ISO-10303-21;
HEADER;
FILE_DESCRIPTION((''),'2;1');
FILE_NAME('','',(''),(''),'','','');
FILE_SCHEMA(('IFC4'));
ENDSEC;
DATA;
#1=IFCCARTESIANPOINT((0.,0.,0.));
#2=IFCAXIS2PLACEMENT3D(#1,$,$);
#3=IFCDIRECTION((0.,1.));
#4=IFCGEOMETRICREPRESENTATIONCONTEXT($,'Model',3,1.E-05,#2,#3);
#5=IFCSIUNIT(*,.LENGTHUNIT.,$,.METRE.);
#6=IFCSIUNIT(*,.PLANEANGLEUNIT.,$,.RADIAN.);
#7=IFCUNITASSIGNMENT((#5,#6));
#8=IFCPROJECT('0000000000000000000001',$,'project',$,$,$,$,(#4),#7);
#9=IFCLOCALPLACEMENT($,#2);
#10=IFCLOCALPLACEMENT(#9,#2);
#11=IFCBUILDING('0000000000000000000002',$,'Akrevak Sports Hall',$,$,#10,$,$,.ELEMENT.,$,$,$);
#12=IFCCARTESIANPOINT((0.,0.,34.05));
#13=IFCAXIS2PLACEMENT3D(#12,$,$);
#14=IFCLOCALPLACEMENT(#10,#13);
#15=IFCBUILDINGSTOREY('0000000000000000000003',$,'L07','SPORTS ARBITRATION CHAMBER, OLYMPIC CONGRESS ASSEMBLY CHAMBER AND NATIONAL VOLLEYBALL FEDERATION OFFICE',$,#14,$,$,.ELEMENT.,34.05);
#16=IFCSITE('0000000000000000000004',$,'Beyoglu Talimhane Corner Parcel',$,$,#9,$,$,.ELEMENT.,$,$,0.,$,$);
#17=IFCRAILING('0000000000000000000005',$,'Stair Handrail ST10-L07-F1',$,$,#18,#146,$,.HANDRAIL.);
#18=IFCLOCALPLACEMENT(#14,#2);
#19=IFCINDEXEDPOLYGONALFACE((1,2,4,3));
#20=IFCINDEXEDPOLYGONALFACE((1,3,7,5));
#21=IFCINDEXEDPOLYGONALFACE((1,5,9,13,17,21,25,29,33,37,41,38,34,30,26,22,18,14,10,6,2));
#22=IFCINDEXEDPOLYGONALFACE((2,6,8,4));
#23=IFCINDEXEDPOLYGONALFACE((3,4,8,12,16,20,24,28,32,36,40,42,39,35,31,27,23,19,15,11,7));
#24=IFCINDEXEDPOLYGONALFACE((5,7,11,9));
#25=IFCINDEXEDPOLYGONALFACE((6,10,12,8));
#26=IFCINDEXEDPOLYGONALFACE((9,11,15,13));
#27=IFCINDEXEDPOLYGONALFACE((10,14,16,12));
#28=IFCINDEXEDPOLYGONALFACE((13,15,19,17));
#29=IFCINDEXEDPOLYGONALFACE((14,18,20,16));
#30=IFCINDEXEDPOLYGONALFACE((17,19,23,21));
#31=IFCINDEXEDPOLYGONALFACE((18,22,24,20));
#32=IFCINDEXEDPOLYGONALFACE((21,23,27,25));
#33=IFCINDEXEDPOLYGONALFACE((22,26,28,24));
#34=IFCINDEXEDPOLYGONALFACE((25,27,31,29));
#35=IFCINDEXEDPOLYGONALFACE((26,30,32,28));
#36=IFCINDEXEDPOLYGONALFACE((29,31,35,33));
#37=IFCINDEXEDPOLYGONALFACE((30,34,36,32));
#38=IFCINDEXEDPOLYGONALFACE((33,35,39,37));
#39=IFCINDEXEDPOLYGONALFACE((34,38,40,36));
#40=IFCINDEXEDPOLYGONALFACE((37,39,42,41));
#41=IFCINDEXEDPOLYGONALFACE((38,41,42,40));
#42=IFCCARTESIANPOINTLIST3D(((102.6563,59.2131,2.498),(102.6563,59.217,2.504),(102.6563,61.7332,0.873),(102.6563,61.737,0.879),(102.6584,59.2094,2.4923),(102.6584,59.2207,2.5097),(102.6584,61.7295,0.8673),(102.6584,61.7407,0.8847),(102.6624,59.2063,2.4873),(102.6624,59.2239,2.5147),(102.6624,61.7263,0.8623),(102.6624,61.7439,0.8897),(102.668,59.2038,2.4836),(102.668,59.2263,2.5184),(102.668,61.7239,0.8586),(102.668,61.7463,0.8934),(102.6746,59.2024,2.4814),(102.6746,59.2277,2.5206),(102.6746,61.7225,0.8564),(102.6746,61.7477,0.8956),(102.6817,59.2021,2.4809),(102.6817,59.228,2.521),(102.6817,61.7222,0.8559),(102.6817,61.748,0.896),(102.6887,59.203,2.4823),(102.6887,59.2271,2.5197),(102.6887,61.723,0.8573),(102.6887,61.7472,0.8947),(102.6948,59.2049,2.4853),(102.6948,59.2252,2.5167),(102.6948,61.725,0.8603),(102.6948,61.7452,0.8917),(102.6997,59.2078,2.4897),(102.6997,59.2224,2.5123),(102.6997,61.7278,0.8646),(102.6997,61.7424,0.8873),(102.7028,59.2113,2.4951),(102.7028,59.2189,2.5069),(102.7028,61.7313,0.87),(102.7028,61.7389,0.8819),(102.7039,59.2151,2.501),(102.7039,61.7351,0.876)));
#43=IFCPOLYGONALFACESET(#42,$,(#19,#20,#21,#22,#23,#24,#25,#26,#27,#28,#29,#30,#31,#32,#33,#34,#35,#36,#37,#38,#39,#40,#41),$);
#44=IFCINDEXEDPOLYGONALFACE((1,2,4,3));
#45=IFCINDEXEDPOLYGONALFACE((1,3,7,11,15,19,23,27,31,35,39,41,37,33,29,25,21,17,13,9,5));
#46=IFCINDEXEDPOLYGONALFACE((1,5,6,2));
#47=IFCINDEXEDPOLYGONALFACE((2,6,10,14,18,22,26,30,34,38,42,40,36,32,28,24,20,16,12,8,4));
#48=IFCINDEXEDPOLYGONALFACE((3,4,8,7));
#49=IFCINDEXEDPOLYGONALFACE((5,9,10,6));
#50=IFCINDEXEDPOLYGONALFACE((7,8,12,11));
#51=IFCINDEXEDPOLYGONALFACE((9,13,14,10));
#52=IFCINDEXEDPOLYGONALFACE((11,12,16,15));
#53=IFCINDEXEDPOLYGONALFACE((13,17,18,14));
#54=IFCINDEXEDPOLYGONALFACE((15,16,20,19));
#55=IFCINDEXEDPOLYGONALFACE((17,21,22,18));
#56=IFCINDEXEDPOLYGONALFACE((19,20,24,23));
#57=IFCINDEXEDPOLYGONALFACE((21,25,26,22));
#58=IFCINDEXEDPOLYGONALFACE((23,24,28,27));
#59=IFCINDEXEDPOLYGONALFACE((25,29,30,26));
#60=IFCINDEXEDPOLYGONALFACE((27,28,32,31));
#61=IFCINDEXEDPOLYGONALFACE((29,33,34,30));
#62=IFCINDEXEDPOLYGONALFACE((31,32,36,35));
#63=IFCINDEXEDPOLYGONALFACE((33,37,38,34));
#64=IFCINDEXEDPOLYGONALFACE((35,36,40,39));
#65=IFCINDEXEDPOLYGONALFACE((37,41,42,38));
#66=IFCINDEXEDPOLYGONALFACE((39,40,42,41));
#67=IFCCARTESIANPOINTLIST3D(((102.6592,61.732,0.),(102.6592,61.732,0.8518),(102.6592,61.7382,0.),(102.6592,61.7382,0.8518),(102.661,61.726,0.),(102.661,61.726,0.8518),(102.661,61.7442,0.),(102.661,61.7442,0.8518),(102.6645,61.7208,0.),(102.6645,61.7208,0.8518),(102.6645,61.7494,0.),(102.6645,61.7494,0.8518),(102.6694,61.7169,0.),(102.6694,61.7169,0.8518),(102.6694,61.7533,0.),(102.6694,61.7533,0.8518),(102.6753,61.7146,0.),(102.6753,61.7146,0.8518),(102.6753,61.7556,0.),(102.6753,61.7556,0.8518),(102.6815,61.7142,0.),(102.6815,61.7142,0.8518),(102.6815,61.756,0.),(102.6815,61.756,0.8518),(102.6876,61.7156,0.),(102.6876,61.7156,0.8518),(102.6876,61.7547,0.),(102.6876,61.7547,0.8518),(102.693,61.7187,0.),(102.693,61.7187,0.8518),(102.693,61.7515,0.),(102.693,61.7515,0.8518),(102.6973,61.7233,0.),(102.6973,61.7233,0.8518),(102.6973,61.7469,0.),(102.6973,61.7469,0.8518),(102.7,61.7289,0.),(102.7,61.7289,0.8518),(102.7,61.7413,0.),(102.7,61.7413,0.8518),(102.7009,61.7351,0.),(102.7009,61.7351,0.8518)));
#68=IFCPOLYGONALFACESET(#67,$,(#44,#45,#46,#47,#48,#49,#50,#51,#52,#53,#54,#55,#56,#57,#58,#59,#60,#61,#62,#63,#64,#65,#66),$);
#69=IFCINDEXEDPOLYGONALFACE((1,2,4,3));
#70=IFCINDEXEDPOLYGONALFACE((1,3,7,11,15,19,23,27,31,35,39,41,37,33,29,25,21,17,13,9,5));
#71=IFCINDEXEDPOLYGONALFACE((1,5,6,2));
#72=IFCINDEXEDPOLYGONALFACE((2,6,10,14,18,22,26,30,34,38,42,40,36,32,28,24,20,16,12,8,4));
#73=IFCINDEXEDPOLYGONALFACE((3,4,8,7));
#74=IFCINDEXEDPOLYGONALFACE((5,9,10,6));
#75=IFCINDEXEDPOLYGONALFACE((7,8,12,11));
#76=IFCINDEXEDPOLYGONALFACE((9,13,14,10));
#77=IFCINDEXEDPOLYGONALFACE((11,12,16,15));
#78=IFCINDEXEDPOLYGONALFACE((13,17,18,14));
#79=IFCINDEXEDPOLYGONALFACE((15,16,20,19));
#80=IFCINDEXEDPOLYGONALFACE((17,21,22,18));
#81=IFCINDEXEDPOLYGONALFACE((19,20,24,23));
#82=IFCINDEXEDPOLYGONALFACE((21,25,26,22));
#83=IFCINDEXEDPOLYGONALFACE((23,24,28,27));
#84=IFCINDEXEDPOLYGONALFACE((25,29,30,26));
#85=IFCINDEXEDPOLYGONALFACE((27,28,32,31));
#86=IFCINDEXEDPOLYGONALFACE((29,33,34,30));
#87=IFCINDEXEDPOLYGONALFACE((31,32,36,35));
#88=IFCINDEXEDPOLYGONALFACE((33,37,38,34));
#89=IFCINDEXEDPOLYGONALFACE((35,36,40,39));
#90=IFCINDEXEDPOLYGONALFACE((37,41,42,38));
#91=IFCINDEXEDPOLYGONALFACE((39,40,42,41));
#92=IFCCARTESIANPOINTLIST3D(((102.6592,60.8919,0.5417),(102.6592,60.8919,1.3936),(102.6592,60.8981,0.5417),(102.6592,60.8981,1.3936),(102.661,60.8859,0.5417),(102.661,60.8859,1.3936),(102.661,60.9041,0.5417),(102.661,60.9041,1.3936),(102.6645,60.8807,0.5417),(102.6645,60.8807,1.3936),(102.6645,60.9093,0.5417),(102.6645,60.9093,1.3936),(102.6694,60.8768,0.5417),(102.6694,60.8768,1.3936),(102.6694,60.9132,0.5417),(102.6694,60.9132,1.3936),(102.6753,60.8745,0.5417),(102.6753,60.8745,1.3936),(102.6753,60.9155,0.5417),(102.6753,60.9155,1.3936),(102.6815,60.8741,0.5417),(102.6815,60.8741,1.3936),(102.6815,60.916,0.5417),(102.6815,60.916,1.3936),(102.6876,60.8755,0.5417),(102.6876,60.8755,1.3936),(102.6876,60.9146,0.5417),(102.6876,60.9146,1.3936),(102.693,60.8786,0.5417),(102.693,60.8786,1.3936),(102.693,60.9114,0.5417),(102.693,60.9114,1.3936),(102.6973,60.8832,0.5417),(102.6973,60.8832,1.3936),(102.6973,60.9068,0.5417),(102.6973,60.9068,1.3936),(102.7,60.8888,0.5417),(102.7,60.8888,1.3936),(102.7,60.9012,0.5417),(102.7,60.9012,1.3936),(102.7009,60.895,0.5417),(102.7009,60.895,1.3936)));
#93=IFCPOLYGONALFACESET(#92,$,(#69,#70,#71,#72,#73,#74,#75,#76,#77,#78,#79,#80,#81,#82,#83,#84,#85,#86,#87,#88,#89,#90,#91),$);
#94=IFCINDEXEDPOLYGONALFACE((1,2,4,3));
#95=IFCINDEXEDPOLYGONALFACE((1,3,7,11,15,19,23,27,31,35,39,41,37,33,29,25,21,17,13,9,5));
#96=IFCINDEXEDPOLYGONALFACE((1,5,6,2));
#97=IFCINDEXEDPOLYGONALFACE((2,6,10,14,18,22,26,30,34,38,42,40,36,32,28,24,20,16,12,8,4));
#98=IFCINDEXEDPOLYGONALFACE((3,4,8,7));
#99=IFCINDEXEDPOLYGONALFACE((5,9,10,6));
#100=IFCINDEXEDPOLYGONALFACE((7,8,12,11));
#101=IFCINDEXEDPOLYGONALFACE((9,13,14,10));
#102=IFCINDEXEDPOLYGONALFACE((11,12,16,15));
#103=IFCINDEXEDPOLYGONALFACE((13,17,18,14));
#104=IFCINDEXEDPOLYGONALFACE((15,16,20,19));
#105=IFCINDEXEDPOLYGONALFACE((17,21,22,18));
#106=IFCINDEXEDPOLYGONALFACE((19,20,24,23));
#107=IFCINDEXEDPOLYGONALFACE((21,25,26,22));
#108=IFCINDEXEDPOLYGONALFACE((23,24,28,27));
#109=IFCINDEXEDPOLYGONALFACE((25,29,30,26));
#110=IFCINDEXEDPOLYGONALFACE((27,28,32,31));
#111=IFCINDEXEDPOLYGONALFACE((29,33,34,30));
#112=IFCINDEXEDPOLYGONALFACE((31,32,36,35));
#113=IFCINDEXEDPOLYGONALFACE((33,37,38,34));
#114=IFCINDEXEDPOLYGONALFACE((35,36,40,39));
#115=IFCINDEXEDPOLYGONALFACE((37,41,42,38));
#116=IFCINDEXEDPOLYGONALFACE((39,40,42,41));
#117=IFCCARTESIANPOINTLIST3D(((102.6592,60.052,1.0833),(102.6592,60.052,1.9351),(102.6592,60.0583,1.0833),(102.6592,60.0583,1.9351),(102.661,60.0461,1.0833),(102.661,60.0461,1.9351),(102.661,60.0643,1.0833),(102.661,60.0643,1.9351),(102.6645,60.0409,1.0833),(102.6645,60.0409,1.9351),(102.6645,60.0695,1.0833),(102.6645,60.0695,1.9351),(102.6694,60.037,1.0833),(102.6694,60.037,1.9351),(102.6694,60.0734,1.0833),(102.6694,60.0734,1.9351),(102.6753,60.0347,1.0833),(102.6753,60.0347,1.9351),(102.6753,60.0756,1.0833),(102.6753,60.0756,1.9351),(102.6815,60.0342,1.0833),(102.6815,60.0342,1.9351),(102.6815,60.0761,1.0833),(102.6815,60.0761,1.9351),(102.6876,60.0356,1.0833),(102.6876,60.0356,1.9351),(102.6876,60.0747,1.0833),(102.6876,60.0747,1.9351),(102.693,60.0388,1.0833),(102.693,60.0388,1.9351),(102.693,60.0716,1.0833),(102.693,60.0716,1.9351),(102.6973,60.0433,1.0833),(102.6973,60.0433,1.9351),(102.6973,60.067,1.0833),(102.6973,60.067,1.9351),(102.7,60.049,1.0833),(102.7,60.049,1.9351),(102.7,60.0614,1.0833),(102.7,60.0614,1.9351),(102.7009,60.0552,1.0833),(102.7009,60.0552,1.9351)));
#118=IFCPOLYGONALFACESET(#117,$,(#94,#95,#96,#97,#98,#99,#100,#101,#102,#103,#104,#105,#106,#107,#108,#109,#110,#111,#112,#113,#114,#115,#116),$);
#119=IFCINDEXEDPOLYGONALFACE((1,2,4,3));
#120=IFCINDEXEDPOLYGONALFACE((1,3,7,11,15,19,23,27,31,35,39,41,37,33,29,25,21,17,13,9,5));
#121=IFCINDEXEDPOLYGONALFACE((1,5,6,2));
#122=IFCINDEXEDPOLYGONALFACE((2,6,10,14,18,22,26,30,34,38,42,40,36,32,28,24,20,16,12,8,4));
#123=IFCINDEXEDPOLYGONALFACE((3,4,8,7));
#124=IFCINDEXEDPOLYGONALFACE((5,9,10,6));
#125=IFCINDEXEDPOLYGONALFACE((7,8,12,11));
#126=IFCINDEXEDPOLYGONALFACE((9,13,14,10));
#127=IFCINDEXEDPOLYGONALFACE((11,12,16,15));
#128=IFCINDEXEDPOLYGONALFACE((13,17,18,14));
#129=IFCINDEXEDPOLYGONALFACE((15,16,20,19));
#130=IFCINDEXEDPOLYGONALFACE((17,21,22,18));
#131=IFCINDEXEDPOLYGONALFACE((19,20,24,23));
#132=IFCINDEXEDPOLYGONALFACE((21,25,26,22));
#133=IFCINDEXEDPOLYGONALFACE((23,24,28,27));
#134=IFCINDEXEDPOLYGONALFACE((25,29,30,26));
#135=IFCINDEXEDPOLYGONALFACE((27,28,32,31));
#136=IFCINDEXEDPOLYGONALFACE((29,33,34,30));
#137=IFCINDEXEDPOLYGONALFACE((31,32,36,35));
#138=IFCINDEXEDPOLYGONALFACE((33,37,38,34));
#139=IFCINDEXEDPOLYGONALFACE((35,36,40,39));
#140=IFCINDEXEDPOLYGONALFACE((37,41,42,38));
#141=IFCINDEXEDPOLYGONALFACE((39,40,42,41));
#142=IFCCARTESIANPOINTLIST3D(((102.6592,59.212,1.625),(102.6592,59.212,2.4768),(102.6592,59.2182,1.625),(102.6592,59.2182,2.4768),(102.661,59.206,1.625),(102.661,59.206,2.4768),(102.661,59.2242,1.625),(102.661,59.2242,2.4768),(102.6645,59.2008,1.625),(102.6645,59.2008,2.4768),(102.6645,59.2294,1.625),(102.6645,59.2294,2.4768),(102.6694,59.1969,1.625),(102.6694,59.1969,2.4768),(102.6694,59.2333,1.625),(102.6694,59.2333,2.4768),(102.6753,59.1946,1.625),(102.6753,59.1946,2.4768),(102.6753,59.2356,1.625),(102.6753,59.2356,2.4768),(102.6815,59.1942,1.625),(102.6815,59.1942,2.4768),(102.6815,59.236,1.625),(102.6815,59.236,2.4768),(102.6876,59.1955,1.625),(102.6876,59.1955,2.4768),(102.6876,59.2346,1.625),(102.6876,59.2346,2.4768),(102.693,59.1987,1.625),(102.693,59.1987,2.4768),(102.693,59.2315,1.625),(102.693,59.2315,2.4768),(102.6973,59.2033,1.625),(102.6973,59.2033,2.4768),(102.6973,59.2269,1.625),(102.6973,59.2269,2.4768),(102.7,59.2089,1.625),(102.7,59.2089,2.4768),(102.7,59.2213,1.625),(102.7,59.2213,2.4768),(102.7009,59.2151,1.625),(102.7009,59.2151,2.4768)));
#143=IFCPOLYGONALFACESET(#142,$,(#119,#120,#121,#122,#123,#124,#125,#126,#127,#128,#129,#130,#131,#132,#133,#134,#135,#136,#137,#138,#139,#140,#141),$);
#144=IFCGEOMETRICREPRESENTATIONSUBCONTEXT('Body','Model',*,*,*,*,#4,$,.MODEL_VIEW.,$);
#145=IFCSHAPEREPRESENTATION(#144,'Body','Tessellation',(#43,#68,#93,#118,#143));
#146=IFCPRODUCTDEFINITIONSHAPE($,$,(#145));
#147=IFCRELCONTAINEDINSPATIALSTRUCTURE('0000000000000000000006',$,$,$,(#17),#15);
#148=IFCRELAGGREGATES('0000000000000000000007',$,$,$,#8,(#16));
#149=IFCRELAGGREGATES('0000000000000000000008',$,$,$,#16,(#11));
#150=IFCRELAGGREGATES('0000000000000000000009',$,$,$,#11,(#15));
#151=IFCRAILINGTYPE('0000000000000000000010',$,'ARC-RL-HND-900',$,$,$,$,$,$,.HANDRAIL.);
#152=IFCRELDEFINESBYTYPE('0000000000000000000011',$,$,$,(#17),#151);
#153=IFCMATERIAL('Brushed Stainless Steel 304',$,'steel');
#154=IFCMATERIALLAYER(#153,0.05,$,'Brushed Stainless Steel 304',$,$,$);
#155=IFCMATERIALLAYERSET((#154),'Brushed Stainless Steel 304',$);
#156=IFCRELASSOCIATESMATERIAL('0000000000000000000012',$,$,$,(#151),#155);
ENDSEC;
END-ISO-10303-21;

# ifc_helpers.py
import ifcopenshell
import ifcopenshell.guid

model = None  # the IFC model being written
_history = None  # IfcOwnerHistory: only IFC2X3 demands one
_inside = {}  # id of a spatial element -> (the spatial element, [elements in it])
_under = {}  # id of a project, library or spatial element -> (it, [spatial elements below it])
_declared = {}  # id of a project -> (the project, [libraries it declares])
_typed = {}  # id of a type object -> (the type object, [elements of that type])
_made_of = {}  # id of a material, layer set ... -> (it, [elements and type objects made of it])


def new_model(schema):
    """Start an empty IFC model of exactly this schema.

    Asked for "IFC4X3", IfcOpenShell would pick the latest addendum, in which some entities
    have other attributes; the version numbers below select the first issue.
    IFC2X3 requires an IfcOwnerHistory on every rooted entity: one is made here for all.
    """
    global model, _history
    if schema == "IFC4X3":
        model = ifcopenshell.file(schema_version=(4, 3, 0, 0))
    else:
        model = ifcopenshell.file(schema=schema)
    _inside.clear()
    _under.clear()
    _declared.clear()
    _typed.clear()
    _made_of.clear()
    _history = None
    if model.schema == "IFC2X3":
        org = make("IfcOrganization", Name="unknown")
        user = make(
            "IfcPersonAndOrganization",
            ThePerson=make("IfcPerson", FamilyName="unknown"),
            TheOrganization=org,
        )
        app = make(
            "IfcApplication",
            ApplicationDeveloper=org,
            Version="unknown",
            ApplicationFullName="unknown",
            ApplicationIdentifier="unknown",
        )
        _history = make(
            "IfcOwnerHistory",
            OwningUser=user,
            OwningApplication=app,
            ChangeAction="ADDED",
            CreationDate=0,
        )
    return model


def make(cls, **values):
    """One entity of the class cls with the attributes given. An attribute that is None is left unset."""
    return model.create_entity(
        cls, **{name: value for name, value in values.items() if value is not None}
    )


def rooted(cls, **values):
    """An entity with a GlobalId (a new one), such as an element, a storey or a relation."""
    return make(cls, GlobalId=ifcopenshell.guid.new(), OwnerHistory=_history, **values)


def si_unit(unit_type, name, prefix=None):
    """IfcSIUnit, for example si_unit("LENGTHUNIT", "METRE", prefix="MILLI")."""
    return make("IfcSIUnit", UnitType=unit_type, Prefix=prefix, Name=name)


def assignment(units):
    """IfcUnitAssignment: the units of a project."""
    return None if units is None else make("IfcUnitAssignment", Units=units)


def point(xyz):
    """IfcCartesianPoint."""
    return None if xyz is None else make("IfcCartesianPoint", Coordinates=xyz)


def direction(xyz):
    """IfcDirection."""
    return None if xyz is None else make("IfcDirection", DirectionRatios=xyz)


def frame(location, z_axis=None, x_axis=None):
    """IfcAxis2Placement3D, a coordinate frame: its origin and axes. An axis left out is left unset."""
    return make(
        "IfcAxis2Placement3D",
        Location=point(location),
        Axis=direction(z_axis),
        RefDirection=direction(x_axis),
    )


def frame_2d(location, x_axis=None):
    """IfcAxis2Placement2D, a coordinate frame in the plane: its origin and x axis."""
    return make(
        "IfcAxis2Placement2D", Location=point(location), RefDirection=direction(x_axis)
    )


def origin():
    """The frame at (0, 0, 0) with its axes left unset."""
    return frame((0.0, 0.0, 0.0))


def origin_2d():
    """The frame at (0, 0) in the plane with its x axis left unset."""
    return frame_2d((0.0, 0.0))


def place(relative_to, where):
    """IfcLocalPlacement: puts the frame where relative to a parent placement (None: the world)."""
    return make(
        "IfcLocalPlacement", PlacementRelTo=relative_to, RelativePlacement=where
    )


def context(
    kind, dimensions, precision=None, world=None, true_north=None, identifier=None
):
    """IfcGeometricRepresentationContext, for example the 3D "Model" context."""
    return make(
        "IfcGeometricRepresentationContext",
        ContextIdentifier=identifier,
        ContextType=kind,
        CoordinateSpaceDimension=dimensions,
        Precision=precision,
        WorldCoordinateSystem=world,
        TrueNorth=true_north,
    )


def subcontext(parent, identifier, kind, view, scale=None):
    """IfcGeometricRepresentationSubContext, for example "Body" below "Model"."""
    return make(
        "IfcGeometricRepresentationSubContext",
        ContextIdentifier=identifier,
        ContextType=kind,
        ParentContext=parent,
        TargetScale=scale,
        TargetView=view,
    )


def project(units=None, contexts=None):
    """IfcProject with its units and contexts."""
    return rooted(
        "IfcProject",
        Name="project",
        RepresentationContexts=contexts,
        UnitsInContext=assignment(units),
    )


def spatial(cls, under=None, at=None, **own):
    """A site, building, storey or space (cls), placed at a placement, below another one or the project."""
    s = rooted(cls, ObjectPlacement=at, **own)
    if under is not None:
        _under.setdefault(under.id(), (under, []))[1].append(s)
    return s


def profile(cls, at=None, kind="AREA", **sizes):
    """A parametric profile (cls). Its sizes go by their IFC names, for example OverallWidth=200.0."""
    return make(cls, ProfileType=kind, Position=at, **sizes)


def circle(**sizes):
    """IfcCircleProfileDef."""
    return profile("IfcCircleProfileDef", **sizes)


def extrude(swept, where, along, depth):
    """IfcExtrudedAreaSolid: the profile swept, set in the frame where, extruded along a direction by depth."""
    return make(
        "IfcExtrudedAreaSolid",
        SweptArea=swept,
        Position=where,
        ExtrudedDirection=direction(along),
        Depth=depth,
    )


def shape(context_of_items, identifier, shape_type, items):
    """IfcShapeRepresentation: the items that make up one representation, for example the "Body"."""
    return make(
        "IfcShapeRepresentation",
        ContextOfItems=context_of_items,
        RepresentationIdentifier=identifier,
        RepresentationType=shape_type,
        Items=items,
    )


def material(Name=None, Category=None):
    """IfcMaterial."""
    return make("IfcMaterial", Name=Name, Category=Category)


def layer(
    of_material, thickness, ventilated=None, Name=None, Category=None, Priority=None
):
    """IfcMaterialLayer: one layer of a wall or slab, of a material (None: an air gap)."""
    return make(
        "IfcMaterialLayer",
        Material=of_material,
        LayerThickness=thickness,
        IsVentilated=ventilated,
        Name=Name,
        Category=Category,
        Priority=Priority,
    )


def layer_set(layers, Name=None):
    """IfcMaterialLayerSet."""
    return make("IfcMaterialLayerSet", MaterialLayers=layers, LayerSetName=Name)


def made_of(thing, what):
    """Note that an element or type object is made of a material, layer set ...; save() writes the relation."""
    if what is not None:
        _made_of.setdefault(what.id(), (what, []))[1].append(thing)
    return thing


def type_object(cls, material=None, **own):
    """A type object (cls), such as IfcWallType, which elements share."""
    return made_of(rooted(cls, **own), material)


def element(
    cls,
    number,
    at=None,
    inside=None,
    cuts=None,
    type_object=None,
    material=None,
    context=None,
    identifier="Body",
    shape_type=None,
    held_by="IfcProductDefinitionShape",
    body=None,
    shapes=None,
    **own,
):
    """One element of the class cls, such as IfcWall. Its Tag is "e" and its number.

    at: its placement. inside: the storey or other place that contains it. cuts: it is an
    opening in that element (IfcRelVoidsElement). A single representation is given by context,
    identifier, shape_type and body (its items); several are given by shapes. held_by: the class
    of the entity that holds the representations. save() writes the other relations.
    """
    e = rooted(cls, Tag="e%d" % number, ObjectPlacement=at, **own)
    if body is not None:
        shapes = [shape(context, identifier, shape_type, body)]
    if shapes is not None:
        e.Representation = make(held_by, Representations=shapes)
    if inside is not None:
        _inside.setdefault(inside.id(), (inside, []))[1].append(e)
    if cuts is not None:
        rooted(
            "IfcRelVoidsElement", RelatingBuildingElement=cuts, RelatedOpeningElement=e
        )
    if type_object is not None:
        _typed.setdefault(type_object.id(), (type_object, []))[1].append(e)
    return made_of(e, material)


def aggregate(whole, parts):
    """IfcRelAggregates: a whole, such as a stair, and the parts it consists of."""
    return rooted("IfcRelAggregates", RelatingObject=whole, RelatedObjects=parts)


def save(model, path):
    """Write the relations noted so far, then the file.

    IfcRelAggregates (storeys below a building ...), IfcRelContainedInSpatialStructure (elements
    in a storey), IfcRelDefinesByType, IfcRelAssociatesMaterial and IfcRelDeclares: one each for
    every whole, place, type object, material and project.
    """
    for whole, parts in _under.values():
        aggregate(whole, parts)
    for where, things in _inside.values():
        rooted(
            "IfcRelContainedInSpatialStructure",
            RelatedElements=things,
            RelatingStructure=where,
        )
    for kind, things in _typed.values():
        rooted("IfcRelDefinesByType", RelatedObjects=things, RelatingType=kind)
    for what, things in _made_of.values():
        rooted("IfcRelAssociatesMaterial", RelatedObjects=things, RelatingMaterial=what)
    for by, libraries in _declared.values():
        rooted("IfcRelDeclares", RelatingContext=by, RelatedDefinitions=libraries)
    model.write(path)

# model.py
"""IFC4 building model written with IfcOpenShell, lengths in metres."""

from ifc_helpers import new_model, si_unit, direction, frame, origin, origin_2d, place, context, subcontext, project, spatial, circle, extrude, material, layer, layer_set, type_object, element, save


model = new_model("IFC4")

# Units and contexts
model_context = context("Model", 3, precision=1e-05, world=origin(), true_north=direction((0.0, 1.0)))
body_context = subcontext(model_context, "Body", "Model", "MODEL_VIEW")
ifc_project = project(units=[si_unit("LENGTHUNIT", "METRE"), si_unit("PLANEANGLEUNIT", "RADIAN")], contexts=[model_context])

# Site, building, storey
site_placement = place(None, origin())
site = spatial("IfcSite", under=ifc_project, at=site_placement, Name="Beyoglu Talimhane Corner Parcel", CompositionType="ELEMENT", RefElevation=0.0)
building_placement = place(site_placement, origin())
building = spatial("IfcBuilding", under=site, at=building_placement, Name="Akrevak Sports Hall", CompositionType="ELEMENT")
storey_placement = place(building_placement, frame((0.0, 0.0, 34.05)))
storey = spatial("IfcBuildingStorey", under=building, at=storey_placement, Name="L07", Description="SPORTS ARBITRATION CHAMBER, OLYMPIC CONGRESS ASSEMBLY CHAMBER AND NATIONAL VOLLEYBALL FEDERATION OFFICE", CompositionType="ELEMENT", Elevation=34.05)

# Railing
ifc_material_1 = material(Name="Brushed Stainless Steel 304", Category="steel")
ifc_layer_1 = layer(ifc_material_1, 0.05, Name="Brushed Stainless Steel 304")
ifc_layer_set_1 = layer_set([ifc_layer_1], Name="Brushed Stainless Steel 304")
railing_type = type_object("IfcRailingType", Name="ARC-RL-HND-900", PredefinedType="HANDRAIL", material=ifc_layer_set_1)
railing_placement = place(storey_placement, frame((102.6799, 61.7351, 0.0)))
element("IfcRailing", 1, at=railing_placement, inside=storey, type_object=railing_type, Name="Stair Handrail ST10-L07-F1", PredefinedType="HANDRAIL", context=body_context, shape_type="SweptSolid", body=[
    extrude(circle(Radius=0.0239, at=origin_2d()), frame((0.0, 0.0, 0.876), z_axis=(0.0, -0.840421, 0.541934), x_axis=(1.0, 0.0, 0.0)), (0.0, 0.0, 1.0), 2.9985),
    extrude(circle(Radius=0.021, at=origin_2d()), origin(), (0.0, 0.0, 1.0), 0.8518),
    extrude(circle(Radius=0.021, at=origin_2d()), frame((0.0, -0.8401, 0.5417)), (0.0, 0.0, 1.0), 0.8518),
    extrude(circle(Radius=0.021, at=origin_2d()), frame((0.0, -1.6799, 1.0833)), (0.0, 0.0, 1.0), 0.8518),
    extrude(circle(Radius=0.021, at=origin_2d()), frame((0.0, -2.52, 1.625)), (0.0, 0.0, 1.0), 0.8518),
])

save(model, "model.ifc")
